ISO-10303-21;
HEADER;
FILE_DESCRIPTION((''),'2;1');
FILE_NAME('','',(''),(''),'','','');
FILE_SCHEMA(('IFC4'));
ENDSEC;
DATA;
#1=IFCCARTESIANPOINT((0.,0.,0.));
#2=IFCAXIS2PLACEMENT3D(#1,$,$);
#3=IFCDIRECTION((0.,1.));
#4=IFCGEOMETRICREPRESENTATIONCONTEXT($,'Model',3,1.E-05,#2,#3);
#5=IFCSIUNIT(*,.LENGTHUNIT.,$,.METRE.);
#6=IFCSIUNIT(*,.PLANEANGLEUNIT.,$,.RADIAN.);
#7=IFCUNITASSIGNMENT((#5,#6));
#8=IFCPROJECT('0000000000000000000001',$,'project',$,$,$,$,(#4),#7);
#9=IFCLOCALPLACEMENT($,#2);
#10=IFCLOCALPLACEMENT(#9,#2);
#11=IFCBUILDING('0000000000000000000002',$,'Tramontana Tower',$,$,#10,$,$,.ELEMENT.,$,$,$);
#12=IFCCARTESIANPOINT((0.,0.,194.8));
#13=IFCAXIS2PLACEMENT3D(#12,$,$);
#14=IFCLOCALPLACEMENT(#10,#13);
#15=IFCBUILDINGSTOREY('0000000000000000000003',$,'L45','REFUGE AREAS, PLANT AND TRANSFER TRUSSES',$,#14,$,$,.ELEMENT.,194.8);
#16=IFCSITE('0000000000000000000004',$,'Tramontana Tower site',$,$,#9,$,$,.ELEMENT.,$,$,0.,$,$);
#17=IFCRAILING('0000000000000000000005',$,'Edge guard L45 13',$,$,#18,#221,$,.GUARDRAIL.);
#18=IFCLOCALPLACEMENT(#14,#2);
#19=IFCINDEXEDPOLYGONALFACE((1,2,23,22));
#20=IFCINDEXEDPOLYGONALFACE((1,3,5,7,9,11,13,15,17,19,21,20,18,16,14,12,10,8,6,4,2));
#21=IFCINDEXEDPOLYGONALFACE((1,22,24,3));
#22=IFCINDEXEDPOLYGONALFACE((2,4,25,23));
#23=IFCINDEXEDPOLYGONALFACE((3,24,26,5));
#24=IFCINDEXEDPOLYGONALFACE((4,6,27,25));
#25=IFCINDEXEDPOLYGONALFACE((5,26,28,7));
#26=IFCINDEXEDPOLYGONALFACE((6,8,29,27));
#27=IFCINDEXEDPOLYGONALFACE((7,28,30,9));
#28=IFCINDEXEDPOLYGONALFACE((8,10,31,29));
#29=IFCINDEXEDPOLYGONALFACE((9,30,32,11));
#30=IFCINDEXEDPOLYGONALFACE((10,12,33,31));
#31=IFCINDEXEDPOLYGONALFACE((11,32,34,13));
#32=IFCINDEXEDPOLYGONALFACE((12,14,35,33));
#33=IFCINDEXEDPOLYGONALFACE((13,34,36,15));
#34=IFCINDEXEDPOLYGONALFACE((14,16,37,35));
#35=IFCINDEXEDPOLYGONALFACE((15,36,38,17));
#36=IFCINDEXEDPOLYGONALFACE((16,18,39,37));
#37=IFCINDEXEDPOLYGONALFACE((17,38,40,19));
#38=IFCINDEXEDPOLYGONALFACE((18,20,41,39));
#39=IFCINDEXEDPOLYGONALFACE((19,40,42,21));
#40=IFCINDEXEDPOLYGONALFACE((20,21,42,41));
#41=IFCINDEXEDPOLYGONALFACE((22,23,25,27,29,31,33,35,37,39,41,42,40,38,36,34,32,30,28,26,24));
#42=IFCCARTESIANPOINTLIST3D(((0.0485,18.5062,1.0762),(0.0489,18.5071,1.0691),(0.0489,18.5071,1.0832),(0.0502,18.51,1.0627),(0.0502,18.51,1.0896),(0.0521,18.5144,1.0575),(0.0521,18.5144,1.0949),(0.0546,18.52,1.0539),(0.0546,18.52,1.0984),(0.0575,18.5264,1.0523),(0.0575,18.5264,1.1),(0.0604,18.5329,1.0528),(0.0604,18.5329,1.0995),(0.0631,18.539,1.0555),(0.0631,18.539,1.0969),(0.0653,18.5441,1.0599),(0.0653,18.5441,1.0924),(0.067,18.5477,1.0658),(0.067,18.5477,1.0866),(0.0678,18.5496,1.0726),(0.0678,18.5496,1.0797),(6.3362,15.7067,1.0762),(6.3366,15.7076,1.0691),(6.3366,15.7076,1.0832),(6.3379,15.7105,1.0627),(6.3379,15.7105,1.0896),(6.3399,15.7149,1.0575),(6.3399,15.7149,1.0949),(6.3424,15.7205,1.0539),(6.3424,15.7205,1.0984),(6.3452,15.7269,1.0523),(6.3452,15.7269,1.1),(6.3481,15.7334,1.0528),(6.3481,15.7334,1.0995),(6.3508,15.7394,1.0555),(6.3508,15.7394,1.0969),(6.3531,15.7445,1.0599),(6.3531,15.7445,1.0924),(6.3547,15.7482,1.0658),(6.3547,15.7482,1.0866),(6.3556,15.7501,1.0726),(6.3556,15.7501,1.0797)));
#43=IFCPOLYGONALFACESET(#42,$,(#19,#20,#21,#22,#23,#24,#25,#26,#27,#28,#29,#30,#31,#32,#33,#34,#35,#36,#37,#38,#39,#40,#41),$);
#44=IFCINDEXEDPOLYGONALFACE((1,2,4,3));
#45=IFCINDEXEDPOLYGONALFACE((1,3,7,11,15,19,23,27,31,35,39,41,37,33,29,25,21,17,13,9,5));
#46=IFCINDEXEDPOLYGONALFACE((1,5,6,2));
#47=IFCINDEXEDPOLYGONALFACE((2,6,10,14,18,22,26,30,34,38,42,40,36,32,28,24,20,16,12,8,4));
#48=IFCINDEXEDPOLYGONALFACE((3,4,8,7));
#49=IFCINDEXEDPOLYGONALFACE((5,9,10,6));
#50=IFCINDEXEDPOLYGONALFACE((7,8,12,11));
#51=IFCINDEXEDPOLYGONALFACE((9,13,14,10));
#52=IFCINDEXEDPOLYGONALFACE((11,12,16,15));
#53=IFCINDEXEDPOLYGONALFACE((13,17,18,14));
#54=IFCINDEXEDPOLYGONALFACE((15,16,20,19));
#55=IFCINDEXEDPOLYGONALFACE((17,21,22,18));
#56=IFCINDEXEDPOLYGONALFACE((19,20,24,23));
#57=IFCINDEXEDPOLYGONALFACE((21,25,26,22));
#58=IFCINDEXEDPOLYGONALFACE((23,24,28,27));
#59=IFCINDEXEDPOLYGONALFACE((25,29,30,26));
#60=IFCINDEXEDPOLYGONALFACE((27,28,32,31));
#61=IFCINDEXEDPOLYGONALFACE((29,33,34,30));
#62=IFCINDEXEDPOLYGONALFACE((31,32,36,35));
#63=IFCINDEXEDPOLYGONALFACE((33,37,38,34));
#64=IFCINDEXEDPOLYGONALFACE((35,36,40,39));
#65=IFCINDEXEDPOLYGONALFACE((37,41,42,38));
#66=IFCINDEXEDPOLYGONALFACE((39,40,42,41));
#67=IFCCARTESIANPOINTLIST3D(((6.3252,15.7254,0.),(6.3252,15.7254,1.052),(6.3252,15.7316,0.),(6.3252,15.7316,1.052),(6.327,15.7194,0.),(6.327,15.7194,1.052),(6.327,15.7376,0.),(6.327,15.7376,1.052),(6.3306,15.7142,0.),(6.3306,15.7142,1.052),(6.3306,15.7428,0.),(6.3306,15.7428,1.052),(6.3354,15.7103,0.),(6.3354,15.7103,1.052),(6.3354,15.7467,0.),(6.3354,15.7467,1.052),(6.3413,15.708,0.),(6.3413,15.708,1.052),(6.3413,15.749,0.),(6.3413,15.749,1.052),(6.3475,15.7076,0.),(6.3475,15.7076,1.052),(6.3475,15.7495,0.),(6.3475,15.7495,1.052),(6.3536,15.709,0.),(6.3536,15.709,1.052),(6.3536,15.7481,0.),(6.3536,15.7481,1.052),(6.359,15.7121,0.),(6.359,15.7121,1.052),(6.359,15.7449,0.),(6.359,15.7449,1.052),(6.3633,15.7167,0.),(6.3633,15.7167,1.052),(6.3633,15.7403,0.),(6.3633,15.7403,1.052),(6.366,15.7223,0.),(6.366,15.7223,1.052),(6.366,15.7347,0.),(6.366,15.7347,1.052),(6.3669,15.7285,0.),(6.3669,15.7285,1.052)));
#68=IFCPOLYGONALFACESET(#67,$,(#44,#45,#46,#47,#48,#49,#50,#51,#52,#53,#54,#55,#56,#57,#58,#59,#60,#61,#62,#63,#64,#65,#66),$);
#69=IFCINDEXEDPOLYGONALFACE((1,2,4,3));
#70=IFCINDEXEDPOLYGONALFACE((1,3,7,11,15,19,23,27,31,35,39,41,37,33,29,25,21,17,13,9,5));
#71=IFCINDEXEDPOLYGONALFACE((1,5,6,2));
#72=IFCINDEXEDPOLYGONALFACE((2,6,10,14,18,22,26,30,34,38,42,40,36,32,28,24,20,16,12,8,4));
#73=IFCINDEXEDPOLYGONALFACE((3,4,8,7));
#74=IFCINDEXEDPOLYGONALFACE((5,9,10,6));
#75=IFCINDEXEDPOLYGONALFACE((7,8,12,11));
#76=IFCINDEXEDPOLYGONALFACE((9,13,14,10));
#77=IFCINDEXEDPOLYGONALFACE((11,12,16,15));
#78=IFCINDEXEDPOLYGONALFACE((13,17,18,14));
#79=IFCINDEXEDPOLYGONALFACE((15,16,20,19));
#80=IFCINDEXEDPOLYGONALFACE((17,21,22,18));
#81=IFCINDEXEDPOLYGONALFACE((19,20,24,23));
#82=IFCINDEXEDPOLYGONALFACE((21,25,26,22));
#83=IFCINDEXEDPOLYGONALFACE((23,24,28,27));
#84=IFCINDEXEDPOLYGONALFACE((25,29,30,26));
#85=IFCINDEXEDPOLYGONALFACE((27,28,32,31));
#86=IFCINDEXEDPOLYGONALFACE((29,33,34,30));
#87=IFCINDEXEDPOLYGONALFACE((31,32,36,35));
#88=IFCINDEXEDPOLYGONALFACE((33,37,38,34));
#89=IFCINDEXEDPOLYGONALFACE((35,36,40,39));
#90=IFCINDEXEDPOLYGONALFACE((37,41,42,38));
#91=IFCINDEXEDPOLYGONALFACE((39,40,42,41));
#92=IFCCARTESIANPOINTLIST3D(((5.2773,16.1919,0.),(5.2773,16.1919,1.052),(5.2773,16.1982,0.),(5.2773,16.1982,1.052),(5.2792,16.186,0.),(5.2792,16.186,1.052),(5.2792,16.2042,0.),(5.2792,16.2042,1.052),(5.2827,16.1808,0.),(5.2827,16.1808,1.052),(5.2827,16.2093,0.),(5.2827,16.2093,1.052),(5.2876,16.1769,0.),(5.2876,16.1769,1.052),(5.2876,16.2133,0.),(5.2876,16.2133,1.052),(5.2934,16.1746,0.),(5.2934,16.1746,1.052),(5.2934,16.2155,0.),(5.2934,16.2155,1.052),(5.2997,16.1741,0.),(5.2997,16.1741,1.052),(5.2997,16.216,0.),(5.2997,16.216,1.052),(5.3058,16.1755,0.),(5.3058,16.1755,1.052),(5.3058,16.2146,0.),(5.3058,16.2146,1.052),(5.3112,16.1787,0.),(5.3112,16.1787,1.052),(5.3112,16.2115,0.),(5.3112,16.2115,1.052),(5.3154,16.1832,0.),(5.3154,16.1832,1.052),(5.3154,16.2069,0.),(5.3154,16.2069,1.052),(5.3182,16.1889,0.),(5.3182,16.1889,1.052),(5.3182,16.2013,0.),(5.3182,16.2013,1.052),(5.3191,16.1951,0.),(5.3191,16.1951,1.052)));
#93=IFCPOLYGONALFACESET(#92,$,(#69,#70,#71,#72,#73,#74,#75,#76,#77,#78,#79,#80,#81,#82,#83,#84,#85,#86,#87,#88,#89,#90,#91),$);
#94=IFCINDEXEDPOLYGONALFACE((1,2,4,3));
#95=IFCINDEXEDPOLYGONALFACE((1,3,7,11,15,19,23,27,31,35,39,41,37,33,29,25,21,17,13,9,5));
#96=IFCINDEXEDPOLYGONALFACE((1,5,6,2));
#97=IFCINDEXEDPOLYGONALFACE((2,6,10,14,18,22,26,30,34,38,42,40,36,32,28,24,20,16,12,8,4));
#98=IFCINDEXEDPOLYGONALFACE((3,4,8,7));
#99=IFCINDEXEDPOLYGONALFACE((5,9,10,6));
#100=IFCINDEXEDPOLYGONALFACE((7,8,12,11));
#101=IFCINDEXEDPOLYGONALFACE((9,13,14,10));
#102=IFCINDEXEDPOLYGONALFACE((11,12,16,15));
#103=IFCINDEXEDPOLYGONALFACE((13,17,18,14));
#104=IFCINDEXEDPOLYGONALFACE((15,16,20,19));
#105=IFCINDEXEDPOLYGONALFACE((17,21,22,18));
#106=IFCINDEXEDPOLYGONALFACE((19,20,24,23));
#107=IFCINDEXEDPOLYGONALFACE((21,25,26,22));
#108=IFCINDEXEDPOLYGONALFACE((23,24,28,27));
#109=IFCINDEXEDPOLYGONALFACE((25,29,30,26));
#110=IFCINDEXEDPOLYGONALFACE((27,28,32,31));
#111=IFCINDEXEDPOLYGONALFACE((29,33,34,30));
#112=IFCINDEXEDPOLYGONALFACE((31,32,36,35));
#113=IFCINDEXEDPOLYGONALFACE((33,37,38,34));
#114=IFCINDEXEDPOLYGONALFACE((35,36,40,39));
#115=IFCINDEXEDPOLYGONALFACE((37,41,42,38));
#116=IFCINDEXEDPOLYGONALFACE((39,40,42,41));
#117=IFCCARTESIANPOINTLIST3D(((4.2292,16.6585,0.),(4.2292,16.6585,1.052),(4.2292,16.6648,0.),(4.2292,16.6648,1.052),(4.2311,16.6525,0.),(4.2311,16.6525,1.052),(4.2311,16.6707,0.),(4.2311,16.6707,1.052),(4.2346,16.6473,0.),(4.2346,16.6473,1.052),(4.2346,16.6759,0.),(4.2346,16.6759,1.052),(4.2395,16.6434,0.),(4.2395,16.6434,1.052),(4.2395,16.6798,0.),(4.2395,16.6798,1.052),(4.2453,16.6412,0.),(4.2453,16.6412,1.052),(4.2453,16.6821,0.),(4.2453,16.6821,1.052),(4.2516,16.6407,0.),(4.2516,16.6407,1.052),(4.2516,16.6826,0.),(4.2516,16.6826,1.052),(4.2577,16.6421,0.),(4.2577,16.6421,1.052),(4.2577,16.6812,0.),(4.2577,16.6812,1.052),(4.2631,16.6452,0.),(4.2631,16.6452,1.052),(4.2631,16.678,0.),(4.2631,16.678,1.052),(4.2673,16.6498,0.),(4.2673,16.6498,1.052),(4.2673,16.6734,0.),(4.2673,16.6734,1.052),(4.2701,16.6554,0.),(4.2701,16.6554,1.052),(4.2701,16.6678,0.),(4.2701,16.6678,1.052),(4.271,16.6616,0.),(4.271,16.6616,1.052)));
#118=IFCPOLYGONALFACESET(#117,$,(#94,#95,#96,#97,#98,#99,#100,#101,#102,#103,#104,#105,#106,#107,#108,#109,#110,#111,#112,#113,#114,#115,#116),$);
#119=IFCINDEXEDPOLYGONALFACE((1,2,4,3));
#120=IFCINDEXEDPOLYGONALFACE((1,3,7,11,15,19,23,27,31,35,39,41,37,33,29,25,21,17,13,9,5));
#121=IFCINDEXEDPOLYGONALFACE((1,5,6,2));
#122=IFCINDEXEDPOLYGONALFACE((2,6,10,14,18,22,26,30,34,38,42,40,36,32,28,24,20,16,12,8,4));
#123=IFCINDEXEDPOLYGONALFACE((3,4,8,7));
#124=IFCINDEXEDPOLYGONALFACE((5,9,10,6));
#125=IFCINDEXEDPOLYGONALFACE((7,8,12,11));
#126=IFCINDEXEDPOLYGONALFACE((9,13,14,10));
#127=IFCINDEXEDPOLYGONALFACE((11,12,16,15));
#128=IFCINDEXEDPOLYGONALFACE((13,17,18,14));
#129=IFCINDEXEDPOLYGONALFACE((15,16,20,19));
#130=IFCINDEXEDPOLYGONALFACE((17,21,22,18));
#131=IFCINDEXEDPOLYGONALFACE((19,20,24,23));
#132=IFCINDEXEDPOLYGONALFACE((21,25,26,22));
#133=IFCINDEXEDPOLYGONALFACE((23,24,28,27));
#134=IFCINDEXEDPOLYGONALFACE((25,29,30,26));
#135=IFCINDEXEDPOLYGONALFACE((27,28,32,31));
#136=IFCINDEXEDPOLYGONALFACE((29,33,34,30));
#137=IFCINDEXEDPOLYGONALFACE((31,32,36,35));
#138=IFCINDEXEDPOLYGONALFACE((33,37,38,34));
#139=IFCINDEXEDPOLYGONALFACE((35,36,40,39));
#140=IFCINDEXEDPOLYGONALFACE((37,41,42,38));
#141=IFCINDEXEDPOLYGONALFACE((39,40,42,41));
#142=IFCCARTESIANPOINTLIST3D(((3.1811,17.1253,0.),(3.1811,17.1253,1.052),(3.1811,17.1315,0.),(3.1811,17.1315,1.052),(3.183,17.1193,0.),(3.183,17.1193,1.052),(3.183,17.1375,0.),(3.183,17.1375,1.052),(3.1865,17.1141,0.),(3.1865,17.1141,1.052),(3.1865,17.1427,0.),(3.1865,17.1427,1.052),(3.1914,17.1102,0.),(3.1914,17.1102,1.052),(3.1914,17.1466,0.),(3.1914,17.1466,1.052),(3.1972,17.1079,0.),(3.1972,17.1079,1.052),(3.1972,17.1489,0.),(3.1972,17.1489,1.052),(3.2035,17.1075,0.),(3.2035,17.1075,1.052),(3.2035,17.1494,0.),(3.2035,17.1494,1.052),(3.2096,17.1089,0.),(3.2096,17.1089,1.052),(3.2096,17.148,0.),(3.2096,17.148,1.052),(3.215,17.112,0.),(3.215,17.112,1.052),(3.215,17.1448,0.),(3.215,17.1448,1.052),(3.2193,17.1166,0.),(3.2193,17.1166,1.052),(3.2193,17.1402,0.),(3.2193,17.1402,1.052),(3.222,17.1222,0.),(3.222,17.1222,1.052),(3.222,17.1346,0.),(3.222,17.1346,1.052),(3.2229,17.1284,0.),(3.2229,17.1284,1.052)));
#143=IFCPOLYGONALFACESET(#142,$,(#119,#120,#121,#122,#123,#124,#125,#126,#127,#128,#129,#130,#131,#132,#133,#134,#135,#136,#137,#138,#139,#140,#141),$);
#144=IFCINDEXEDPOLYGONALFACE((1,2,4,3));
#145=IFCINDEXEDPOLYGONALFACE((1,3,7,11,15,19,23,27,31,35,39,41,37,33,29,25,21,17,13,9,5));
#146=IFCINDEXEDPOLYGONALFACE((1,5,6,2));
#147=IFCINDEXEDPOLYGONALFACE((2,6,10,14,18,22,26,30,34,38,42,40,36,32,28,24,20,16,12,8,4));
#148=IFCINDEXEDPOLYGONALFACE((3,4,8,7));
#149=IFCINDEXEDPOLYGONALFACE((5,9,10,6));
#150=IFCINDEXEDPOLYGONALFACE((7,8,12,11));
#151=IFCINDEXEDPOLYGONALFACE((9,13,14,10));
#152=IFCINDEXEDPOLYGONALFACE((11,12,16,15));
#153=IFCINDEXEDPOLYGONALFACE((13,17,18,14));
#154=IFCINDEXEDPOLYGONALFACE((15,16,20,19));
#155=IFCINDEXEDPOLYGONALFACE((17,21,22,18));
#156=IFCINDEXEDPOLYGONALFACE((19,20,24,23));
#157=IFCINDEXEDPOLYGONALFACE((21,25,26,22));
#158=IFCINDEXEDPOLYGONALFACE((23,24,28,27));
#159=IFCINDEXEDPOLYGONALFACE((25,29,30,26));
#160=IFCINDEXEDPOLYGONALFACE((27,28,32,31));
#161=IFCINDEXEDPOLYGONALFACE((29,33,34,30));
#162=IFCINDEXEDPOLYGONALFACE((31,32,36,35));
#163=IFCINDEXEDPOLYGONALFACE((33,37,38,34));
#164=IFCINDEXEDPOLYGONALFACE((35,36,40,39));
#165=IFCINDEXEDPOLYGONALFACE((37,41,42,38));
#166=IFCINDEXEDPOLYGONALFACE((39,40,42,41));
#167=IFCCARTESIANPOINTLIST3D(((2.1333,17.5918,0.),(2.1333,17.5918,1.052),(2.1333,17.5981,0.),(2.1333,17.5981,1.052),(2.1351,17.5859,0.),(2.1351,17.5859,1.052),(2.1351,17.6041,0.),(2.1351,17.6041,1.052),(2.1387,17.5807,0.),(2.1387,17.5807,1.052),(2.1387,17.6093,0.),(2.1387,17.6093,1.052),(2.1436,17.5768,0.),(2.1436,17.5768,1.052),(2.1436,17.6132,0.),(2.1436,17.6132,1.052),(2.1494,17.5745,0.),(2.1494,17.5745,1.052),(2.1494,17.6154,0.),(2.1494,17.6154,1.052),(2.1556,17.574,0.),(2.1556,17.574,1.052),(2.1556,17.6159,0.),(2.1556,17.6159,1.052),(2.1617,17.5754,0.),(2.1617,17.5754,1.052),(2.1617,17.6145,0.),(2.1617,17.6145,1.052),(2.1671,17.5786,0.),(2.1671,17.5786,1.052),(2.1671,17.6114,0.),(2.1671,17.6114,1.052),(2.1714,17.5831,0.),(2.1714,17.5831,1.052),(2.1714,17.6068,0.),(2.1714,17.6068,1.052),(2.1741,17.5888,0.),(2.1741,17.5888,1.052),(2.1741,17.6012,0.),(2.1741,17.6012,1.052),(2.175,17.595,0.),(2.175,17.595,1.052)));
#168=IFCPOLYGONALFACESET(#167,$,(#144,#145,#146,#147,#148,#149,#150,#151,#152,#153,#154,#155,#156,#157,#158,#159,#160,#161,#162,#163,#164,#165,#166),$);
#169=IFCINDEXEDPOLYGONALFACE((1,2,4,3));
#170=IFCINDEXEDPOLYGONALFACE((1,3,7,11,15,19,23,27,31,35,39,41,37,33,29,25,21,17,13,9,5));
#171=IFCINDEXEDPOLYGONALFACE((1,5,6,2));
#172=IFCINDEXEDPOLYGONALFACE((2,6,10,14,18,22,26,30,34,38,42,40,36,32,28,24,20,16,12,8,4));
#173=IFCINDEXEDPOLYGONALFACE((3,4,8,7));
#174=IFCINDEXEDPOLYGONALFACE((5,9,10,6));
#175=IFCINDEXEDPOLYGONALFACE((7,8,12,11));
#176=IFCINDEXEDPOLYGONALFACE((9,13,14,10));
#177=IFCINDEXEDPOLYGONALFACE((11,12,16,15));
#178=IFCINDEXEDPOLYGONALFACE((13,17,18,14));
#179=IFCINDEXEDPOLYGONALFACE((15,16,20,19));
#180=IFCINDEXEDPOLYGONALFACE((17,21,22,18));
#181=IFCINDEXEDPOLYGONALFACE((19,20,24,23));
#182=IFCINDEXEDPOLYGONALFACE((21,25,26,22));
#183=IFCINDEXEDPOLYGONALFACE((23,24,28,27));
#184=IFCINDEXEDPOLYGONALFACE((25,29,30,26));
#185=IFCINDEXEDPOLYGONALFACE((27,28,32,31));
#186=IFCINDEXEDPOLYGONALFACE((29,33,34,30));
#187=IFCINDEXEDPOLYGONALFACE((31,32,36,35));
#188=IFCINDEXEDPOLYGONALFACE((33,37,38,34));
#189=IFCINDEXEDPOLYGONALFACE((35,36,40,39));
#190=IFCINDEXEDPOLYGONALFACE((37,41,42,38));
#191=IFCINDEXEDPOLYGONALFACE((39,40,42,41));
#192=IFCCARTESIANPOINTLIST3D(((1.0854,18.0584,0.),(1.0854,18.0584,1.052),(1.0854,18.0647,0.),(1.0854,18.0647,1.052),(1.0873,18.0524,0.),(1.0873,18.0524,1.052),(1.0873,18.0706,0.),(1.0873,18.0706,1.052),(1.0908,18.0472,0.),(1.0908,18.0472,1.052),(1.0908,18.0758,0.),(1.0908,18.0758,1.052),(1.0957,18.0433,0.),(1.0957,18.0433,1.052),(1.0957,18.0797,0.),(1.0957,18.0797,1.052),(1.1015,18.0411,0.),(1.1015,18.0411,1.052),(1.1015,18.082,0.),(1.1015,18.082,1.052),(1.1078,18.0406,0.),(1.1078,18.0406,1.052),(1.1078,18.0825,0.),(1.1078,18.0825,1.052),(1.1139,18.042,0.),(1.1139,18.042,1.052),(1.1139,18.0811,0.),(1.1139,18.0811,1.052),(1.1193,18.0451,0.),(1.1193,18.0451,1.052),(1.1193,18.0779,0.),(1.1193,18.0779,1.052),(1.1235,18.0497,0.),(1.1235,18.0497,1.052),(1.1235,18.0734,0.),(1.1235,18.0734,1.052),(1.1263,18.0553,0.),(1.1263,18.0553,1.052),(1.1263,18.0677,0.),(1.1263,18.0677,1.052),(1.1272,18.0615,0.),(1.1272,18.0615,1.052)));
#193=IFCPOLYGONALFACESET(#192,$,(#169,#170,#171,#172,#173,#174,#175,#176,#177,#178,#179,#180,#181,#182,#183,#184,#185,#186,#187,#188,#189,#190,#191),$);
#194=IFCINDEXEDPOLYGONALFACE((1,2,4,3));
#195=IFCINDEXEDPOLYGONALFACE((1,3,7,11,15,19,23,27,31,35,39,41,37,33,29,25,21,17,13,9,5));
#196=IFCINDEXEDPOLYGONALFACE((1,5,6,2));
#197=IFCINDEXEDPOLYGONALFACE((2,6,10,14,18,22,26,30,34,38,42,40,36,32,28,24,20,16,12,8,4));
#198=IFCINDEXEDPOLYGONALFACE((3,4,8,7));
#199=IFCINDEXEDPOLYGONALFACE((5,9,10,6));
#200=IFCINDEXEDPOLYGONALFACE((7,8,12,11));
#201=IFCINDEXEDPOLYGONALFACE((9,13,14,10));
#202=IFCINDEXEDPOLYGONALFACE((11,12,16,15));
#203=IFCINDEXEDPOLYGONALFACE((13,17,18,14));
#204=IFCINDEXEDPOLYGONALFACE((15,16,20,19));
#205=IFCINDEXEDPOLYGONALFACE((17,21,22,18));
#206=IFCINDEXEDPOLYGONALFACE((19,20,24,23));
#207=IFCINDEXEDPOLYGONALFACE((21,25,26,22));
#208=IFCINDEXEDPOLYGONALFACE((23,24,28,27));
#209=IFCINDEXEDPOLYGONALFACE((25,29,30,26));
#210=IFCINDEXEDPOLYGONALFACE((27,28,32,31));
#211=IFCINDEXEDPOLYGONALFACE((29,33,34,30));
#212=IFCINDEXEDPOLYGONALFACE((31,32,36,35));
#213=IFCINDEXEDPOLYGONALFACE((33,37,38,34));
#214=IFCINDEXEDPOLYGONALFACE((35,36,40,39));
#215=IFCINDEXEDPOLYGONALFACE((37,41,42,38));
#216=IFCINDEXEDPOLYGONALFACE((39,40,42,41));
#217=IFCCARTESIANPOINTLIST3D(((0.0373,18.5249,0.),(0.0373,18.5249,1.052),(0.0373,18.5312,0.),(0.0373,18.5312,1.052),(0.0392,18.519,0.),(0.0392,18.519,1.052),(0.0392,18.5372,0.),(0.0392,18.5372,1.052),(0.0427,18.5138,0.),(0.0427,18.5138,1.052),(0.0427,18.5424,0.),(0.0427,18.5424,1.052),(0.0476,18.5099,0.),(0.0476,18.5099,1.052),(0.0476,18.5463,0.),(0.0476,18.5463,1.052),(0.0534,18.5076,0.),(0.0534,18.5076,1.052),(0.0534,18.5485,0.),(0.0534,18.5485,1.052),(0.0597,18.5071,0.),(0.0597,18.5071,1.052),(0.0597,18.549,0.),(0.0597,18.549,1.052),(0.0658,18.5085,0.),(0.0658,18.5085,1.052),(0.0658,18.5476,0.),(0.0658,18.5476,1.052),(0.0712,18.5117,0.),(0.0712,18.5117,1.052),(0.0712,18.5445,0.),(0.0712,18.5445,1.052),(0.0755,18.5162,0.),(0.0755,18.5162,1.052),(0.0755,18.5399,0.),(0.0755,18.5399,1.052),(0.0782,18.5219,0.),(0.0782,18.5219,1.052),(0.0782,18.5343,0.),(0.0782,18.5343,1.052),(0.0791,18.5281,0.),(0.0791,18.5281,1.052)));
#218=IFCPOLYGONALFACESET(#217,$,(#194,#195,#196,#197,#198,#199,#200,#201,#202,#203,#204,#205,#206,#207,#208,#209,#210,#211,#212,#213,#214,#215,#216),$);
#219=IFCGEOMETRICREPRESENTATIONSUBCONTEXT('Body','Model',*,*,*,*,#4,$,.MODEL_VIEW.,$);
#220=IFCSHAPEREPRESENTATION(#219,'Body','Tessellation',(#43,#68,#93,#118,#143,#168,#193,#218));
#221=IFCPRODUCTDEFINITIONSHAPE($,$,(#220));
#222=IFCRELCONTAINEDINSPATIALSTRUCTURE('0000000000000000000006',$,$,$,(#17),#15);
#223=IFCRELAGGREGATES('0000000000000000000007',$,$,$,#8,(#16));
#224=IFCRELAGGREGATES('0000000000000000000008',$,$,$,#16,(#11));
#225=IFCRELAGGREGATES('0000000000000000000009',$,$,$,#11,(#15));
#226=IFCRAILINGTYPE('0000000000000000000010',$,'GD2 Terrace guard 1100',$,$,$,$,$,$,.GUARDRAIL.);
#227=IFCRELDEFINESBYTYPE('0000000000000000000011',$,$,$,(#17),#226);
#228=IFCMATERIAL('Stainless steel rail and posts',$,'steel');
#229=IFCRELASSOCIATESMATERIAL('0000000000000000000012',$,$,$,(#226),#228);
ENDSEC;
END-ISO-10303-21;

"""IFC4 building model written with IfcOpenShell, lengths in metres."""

from ifc_helpers import new_model, si_unit, direction, frame, origin, origin_2d, place, context, subcontext, project, spatial, circle, extrude, material, type_object, element, save


model = new_model("IFC4")

# Units and contexts
model_context = context("Model", 3, precision=1e-05, world=origin(), true_north=direction((0.0, 1.0)))
body_context = subcontext(model_context, "Body", "Model", "MODEL_VIEW")
ifc_project = project(units=[si_unit("LENGTHUNIT", "METRE"), si_unit("PLANEANGLEUNIT", "RADIAN")], contexts=[model_context])

# Site, building, storey
site_placement = place(None, origin())
site = spatial("IfcSite", under=ifc_project, at=site_placement, Name="Tramontana Tower site", CompositionType="ELEMENT", RefElevation=0.0)
building_placement = place(site_placement, origin())
building = spatial("IfcBuilding", under=site, at=building_placement, Name="Tramontana Tower", CompositionType="ELEMENT")
storey_placement = place(building_placement, frame((0.0, 0.0, 194.8)))
storey = spatial("IfcBuildingStorey", under=building, at=storey_placement, Name="L45", Description="REFUGE AREAS, PLANT AND TRANSFER TRUSSES", CompositionType="ELEMENT", Elevation=194.8)

# Railing
ifc_material_1 = material(Name="Stainless steel rail and posts", Category="steel")
railing_type_1 = type_object("IfcRailingType", Name="GD2 Terrace guard 1100", PredefinedType="GUARDRAIL", material=ifc_material_1)
railing_1_placement = place(storey_placement, frame((6.3459, 15.7285, 0.0)))
element("IfcRailing", 1, at=railing_1_placement, inside=storey, type_object=railing_type_1, Name="Edge guard L45 13", PredefinedType="GUARDRAIL", context=body_context, shape_type="SweptSolid", body=[
    extrude(circle(Radius=0.0239, at=origin_2d()), frame((0.0, 0.0, 1.0762), z_axis=(-0.913544, 0.406741, 0.0), x_axis=(-0.406741, -0.913544, 0.0)), (0.0, 0.0, 1.0), 6.8828),
    extrude(circle(Radius=0.021, at=origin_2d()), origin(), (0.0, 0.0, 1.0), 1.052),
    extrude(circle(Radius=0.021, at=origin_2d()), frame((-1.0479, 0.4666, 0.0)), (0.0, 0.0, 1.0), 1.052),
    extrude(circle(Radius=0.021, at=origin_2d()), frame((-2.0959, 0.9331, 0.0)), (0.0, 0.0, 1.0), 1.052),
    extrude(circle(Radius=0.021, at=origin_2d()), frame((-3.144, 1.3999, 0.0)), (0.0, 0.0, 1.0), 1.052),
    extrude(circle(Radius=0.021, at=origin_2d()), frame((-4.1919, 1.8665, 0.0)), (0.0, 0.0, 1.0), 1.052),
    extrude(circle(Radius=0.021, at=origin_2d()), frame((-5.2397, 2.333, 0.0)), (0.0, 0.0, 1.0), 1.052),
    extrude(circle(Radius=0.021, at=origin_2d()), frame((-6.2878, 2.7996, 0.0)), (0.0, 0.0, 1.0), 1.052),
])

save(model, "model.ifc")
